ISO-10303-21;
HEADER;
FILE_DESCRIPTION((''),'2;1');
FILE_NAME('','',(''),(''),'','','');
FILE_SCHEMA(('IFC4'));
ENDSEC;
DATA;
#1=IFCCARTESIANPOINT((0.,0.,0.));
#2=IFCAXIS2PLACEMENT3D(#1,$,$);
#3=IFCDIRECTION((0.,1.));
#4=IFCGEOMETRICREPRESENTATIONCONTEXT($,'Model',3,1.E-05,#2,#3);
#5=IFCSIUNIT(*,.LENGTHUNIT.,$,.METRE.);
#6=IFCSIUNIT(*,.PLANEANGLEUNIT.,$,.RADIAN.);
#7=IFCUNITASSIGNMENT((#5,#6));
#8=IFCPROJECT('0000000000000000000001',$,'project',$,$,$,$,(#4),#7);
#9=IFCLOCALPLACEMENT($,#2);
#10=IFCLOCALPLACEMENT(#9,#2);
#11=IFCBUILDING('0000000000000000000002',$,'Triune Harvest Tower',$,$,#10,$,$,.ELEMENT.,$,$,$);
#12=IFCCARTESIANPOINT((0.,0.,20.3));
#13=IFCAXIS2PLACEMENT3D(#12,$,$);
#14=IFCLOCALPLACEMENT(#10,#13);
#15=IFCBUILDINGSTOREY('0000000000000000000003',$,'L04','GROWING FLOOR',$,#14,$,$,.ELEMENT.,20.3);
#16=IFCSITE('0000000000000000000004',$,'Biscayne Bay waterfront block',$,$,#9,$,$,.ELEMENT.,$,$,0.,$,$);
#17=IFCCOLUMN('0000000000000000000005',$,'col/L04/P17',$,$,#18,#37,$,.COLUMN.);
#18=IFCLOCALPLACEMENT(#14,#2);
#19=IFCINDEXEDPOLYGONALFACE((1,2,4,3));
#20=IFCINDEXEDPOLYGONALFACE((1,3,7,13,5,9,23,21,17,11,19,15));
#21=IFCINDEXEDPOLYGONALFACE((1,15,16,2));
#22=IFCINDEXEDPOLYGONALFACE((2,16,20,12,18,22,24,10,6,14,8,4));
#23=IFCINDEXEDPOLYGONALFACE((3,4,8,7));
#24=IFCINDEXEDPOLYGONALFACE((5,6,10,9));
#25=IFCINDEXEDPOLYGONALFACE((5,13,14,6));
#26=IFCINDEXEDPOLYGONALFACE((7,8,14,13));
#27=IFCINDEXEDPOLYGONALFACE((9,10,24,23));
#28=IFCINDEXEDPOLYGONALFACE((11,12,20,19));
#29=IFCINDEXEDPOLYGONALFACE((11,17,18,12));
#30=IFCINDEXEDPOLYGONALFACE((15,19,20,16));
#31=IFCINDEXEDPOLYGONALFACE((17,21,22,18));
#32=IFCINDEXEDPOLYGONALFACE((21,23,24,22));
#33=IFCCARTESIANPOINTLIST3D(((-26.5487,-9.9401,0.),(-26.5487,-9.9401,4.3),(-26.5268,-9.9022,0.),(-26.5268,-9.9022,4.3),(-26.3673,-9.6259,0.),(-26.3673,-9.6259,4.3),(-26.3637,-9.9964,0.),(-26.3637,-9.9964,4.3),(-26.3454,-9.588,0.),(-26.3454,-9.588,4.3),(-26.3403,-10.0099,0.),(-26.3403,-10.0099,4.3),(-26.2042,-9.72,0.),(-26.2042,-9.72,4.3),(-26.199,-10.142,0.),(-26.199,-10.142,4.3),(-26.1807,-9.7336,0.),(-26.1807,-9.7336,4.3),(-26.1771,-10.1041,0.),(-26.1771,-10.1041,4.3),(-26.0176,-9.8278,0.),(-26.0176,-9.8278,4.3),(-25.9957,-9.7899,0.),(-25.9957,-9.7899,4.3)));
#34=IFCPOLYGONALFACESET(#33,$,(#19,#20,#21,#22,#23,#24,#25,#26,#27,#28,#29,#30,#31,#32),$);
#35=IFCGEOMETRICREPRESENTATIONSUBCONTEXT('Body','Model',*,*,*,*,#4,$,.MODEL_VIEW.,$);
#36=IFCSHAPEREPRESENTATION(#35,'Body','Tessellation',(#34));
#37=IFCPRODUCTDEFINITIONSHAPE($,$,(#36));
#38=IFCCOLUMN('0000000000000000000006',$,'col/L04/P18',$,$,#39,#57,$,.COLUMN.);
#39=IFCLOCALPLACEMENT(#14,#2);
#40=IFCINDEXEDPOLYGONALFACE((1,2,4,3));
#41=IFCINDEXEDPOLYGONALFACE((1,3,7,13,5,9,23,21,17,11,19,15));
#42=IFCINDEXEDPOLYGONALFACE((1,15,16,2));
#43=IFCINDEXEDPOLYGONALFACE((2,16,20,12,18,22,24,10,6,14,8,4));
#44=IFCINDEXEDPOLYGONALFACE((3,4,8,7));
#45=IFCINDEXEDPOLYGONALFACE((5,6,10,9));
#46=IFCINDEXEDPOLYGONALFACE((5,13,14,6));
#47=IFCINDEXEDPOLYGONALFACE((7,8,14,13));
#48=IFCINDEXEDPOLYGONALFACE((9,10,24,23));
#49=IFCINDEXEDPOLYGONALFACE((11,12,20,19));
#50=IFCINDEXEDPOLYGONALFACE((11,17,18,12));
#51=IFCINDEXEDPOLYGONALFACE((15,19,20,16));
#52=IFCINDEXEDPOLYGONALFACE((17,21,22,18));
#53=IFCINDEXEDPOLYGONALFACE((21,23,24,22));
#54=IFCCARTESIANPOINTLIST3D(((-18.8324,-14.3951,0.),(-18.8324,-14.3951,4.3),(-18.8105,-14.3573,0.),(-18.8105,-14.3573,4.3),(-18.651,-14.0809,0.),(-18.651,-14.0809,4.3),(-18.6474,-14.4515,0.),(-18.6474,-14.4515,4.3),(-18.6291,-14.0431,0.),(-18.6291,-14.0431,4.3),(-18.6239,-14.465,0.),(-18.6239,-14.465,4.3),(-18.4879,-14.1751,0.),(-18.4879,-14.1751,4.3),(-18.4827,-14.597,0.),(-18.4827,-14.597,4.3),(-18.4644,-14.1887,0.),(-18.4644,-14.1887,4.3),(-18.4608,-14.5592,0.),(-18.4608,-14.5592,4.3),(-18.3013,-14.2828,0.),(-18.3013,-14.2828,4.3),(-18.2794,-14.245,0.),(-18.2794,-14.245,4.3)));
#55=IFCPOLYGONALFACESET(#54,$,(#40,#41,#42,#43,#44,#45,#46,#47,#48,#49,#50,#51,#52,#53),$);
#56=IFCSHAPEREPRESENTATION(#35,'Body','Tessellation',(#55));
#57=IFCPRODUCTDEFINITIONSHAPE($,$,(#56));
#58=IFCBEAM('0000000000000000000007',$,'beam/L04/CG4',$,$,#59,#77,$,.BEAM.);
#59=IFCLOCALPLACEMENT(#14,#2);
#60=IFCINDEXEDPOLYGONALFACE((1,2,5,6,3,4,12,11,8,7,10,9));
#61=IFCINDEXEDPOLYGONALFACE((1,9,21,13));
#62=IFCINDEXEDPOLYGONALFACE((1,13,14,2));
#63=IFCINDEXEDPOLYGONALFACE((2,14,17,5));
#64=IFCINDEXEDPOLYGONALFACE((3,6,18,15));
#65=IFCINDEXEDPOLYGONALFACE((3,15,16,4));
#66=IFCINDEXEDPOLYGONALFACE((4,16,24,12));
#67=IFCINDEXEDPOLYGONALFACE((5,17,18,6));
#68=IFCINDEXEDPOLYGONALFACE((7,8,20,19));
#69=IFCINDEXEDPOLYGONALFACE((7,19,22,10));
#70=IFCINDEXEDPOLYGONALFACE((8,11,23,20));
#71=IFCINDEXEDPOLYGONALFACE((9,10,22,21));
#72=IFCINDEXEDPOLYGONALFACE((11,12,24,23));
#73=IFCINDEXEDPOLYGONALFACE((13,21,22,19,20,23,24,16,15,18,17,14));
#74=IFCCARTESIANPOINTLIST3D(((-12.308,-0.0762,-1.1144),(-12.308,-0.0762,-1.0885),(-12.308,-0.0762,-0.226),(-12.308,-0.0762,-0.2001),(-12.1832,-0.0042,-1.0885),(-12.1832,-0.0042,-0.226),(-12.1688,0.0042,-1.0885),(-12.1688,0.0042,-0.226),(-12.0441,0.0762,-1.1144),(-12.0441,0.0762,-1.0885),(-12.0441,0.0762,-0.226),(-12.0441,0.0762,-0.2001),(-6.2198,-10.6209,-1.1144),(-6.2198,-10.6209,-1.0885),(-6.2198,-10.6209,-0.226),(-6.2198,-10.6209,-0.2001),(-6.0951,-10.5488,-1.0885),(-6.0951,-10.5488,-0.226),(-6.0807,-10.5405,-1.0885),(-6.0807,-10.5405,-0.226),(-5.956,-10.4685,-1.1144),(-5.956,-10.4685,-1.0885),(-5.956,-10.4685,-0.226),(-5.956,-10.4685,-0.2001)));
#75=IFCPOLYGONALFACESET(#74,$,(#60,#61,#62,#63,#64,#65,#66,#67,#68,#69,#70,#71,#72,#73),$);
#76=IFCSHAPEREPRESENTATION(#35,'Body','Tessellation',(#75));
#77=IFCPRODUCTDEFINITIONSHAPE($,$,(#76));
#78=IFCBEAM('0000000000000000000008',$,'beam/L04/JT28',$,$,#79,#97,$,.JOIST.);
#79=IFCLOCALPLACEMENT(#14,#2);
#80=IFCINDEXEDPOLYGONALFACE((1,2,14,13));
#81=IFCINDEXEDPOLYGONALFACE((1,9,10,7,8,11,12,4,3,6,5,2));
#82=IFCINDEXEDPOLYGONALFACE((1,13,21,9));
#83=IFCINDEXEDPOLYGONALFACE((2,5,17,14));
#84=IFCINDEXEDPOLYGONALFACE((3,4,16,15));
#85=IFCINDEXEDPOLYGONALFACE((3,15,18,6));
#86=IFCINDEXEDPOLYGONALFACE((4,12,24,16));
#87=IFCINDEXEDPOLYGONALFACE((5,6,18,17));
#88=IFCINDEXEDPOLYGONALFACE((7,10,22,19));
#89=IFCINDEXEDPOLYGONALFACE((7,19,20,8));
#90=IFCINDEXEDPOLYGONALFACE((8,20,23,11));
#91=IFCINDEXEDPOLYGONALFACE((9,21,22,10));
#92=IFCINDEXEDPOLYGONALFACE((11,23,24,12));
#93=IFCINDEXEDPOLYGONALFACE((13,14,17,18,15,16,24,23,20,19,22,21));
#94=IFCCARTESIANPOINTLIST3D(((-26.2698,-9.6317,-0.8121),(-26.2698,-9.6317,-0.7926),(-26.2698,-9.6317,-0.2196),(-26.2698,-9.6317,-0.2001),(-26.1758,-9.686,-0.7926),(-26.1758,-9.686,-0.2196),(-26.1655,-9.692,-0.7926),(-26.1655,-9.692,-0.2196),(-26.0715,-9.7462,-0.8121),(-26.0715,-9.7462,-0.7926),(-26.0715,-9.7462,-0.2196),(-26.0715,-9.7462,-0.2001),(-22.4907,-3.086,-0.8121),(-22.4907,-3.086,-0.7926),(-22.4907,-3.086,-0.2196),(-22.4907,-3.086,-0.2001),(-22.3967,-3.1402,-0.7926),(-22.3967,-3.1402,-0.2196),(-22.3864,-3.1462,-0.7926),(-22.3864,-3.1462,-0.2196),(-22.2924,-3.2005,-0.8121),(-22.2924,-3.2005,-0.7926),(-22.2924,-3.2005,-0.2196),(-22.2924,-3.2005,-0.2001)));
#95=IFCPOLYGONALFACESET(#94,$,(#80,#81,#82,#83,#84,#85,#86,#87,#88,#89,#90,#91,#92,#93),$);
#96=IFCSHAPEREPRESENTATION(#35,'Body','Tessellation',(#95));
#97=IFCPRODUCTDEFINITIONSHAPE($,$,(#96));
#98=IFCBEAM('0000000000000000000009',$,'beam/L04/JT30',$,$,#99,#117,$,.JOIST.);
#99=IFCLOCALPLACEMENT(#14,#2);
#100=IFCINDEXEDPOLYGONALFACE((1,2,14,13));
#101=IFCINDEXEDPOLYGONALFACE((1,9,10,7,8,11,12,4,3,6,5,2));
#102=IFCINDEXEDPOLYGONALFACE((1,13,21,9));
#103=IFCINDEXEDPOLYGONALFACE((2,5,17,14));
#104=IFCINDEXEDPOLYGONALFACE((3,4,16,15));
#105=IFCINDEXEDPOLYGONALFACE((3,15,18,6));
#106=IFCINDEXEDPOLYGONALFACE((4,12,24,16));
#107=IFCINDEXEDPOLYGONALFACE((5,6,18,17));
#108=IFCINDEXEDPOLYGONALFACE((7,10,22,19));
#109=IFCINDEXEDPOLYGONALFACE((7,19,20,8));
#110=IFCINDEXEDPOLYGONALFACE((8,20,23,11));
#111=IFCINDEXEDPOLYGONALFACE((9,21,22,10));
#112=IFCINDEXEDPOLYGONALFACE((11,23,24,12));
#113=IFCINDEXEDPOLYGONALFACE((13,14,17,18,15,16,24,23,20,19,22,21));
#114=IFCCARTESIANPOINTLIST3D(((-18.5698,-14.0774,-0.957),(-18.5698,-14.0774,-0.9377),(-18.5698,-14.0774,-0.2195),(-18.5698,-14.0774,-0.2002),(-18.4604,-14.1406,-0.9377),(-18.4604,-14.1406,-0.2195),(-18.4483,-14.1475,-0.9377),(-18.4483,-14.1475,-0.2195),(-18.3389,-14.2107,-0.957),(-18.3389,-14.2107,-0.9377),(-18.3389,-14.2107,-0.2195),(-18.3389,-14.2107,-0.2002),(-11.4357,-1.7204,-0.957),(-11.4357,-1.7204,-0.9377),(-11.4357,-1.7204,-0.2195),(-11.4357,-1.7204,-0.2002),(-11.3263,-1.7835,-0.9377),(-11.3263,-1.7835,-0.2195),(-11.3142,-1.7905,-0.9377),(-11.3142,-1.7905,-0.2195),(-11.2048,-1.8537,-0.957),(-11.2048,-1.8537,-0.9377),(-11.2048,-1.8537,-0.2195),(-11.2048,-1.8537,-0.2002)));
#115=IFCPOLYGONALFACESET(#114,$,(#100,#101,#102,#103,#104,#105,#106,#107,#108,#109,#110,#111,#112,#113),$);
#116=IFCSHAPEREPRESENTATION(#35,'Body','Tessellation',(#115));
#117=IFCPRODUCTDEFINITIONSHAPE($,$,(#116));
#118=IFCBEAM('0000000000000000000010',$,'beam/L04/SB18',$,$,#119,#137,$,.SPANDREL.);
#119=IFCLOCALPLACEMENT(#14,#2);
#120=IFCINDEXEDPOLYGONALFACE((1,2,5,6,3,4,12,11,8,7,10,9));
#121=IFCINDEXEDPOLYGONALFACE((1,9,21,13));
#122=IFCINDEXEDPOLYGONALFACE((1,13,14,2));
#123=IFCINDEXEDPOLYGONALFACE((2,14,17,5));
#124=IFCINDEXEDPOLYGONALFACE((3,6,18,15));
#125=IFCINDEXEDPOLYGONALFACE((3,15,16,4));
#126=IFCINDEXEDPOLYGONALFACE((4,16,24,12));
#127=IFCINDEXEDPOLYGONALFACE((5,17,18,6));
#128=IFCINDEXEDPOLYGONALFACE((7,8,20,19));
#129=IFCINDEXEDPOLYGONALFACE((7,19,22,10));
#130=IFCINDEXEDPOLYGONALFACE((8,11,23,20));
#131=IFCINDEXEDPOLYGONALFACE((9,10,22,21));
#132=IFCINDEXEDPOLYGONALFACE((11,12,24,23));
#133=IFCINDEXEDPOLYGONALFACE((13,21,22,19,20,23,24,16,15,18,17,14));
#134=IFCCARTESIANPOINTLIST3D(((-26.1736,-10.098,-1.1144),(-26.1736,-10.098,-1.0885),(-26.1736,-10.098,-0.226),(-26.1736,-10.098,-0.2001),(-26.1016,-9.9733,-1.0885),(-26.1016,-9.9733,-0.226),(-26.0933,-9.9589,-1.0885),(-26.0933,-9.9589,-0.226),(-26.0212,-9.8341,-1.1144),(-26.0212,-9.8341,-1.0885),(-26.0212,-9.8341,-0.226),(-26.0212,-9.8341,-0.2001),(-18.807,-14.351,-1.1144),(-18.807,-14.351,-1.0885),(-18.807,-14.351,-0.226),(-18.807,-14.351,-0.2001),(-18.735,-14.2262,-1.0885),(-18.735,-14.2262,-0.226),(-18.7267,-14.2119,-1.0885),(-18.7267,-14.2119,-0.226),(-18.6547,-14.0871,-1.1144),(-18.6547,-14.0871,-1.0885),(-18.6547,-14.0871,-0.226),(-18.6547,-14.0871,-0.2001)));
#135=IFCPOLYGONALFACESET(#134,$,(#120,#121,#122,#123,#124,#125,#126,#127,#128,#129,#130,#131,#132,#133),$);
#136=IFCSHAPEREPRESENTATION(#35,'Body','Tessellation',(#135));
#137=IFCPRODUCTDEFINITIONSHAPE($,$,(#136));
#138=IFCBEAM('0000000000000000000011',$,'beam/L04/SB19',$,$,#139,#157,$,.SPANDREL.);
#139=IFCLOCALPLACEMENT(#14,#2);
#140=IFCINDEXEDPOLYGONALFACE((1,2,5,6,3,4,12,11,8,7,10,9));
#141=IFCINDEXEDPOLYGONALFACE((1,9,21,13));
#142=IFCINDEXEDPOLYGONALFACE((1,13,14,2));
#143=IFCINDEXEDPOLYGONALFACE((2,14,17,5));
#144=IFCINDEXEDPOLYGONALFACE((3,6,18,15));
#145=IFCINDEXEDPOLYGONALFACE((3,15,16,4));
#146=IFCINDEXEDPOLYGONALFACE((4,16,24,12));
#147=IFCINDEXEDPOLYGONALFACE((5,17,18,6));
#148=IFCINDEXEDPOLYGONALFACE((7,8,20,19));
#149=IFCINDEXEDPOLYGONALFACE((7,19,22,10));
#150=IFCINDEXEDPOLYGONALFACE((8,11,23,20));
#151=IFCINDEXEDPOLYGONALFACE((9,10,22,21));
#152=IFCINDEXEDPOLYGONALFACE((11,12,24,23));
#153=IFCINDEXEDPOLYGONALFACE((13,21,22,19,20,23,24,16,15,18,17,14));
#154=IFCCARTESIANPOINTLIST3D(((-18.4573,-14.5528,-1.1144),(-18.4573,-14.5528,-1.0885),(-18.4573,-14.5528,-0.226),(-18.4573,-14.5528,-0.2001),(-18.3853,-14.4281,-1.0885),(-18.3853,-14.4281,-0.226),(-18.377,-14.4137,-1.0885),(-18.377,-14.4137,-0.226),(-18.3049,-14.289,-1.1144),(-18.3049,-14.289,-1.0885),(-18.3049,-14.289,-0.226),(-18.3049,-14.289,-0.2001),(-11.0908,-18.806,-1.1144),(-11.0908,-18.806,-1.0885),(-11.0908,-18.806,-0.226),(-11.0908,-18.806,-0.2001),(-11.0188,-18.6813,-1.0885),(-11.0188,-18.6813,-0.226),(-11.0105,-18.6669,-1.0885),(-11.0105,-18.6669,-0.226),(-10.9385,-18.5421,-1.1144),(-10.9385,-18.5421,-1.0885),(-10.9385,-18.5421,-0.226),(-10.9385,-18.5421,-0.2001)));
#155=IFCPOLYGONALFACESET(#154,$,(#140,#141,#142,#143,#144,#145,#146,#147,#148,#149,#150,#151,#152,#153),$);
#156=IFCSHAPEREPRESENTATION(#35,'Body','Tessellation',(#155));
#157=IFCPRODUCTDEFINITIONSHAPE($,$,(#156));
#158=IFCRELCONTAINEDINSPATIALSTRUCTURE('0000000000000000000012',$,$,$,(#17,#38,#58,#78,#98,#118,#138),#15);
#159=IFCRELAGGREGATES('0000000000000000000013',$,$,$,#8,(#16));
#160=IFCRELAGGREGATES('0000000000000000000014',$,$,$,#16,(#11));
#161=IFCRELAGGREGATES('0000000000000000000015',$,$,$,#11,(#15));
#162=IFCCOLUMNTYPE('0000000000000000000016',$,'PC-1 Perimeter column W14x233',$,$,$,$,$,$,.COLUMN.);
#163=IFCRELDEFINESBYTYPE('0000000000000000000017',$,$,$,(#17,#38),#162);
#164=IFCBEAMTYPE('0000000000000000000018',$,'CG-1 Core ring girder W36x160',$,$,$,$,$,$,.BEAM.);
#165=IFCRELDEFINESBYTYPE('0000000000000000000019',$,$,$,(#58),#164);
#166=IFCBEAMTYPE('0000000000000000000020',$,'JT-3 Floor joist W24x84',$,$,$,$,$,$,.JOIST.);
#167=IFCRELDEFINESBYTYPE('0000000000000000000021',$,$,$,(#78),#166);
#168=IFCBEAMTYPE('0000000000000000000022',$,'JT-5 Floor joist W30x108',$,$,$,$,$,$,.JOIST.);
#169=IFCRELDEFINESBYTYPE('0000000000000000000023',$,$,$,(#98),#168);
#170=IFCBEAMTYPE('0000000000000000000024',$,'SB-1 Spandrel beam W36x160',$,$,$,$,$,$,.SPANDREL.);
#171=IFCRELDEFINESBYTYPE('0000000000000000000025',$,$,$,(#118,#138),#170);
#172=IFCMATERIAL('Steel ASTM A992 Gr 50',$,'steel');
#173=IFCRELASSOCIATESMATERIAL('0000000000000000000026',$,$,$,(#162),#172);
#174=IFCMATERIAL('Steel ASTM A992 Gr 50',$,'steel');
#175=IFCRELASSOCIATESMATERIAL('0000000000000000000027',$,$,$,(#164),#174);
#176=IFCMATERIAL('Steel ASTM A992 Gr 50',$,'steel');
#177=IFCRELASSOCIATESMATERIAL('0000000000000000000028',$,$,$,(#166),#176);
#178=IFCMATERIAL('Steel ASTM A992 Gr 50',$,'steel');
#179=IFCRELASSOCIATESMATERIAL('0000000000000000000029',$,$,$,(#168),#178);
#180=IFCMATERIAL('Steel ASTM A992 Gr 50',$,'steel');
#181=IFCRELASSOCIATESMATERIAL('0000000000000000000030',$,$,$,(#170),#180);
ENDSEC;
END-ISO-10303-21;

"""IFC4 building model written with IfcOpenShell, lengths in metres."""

from ifc_helpers import new_model, si_unit, direction, frame, origin, origin_2d, place, context, subcontext, project, spatial, i_section, extrude, source, transform, mapped, material, material_profile, profile_set, type_object, element, save


model = new_model("IFC4")

# Units and contexts
model_context = context("Model", 3, precision=1e-05, world=origin(), true_north=direction((0.0, 1.0)))
body_context = subcontext(model_context, "Body", "Model", "MODEL_VIEW")
ifc_project = project(units=[si_unit("LENGTHUNIT", "METRE"), si_unit("PLANEANGLEUNIT", "RADIAN")], contexts=[model_context])

# Site, building, storey
site_placement = place(None, origin())
site = spatial("IfcSite", under=ifc_project, at=site_placement, Name="Biscayne Bay waterfront block", CompositionType="ELEMENT", RefElevation=0.0)
building_placement = place(site_placement, origin())
building = spatial("IfcBuilding", under=site, at=building_placement, Name="Triune Harvest Tower", CompositionType="ELEMENT")
storey_placement = place(building_placement, frame((0.0, 0.0, 20.3)))
storey = spatial("IfcBuildingStorey", under=building, at=storey_placement, Name="L04", Description="GROWING FLOOR", CompositionType="ELEMENT", Elevation=20.3)

# Columns
ifc_material_1 = material(Name="Steel ASTM A992 Gr 50", Category="steel")
ifc_material_profile_1 = material_profile(ifc_material_1, i_section(OverallWidth=0.4038, OverallDepth=0.4065, WebThickness=0.0271, FlangeThickness=0.0437, at=origin_2d()), Name="W14x233")
ifc_profile_set_1 = profile_set([ifc_material_profile_1], Name="Steel ASTM A992 Gr 50")
column_type = type_object("IfcColumnType", Name="PC-1 Perimeter column W14x233", PredefinedType="COLUMN", material=ifc_profile_set_1)
shared_shape_1 = source(origin(), body_context, "Body", "SweptSolid", [
    extrude(i_section(OverallWidth=0.4038, OverallDepth=0.4065, WebThickness=0.0271, FlangeThickness=0.0437, at=origin_2d()), origin(), (0.0, 0.0, 1.0), 4.3),
])
for number, where, z_axis, x_axis, name in (
    (1, (-26.2722, -9.865, 0.0), (0.0, 0.0, 1.0), (0.866025, -0.5, 0.0), "col/L04/P17"),
    (2, (-18.5559, -14.3201, 0.0), (0.0, 0.0, 1.0), (0.866025, -0.5, 0.0), "col/L04/P18"),
):
    element("IfcColumn", number, at=place(storey_placement, frame(where, z_axis=z_axis, x_axis=x_axis)), inside=storey, type_object=column_type, Name=name, PredefinedType="COLUMN", context=body_context, shape_type="MappedRepresentation", body=[
        mapped(shared_shape_1, transform((0.0, 0.0, 0.0), scale=1.0)),
    ])

# Beams
ifc_material_2 = material(Name="Steel ASTM A992 Gr 50", Category="steel")
ifc_material_profile_2 = material_profile(ifc_material_2, i_section(OverallWidth=0.3047, OverallDepth=0.9143, WebThickness=0.0166, FlangeThickness=0.0259, at=origin_2d()), Name="W36x160")
ifc_profile_set_2 = profile_set([ifc_material_profile_2], Name="Steel ASTM A992 Gr 50")
beam_type_1 = type_object("IfcBeamType", Name="CG-1 Core ring girder W36x160", PredefinedType="BEAM", material=ifc_profile_set_2)
shared_shape_2 = source(origin(), body_context, "Body", "SweptSolid", [
    extrude(i_section(OverallWidth=0.3047, OverallDepth=0.9143, WebThickness=0.0166, FlangeThickness=0.0259, at=origin_2d()), origin(), (0.0, 0.0, 1.0), 12.176),
])
beam_1_placement = place(storey_placement, frame((-12.176, 0.0, -0.6572), z_axis=(0.50001, -0.86602, 0.0), x_axis=(0.86602, 0.50001, 0.0)))
element("IfcBeam", 3, at=beam_1_placement, inside=storey, type_object=beam_type_1, Name="beam/L04/CG4", PredefinedType="BEAM", context=body_context, shape_type="MappedRepresentation", body=[
    mapped(shared_shape_2, transform((0.0, 0.0, 0.0), scale=1.0)),
])
ifc_material_3 = material(Name="Steel ASTM A992 Gr 50", Category="steel")
ifc_material_profile_3 = material_profile(ifc_material_3, i_section(OverallWidth=0.229, OverallDepth=0.6121, WebThickness=0.012, FlangeThickness=0.0195, at=origin_2d()), Name="W24x84")
ifc_profile_set_3 = profile_set([ifc_material_profile_3], Name="Steel ASTM A992 Gr 50")
beam_type_2 = type_object("IfcBeamType", Name="JT-3 Floor joist W24x84", PredefinedType="JOIST", material=ifc_profile_set_3)
shared_shape_3 = source(origin(), body_context, "Body", "SweptSolid", [
    extrude(i_section(OverallWidth=0.229, OverallDepth=0.6121, WebThickness=0.012, FlangeThickness=0.0195, at=origin_2d()), origin(), (0.0, 0.0, 1.0), 7.5583),
])
beam_2_placement = place(storey_placement, frame((-26.1707, -9.689, -0.5061), z_axis=(0.499992, 0.86603, 0.0), x_axis=(-0.86603, 0.499992, 0.0)))
element("IfcBeam", 4, at=beam_2_placement, inside=storey, type_object=beam_type_2, Name="beam/L04/JT28", PredefinedType="JOIST", context=body_context, shape_type="MappedRepresentation", body=[
    mapped(shared_shape_3, transform((0.0, 0.0, 0.0), scale=1.0)),
])
ifc_material_4 = material(Name="Steel ASTM A992 Gr 50", Category="steel")
ifc_material_profile_4 = material_profile(ifc_material_4, i_section(OverallWidth=0.2666, OverallDepth=0.7568, WebThickness=0.0139, FlangeThickness=0.0193, at=origin_2d()), Name="W30x108")
ifc_profile_set_4 = profile_set([ifc_material_profile_4], Name="Steel ASTM A992 Gr 50")
beam_type_3 = type_object("IfcBeamType", Name="JT-5 Floor joist W30x108", PredefinedType="JOIST", material=ifc_profile_set_4)
shared_shape_4 = source(origin(), body_context, "Body", "SweptSolid", [
    extrude(i_section(OverallWidth=0.2666, OverallDepth=0.7568, WebThickness=0.0139, FlangeThickness=0.0193, at=origin_2d()), origin(), (0.0, 0.0, 1.0), 14.2686),
])
beam_3_placement = place(storey_placement, frame((-18.4543, -14.144, -0.5786), z_axis=(0.499987, 0.866033, 0.0), x_axis=(-0.866033, 0.499987, 0.0)))
element("IfcBeam", 5, at=beam_3_placement, inside=storey, type_object=beam_type_3, Name="beam/L04/JT30", PredefinedType="JOIST", context=body_context, shape_type="MappedRepresentation", body=[
    mapped(shared_shape_4, transform((0.0, 0.0, 0.0), scale=1.0)),
])
ifc_material_5 = material(Name="Steel ASTM A992 Gr 50", Category="steel")
ifc_material_profile_5 = material_profile(ifc_material_5, i_section(OverallWidth=0.3047, OverallDepth=0.9143, WebThickness=0.0166, FlangeThickness=0.0259, at=origin_2d()), Name="W36x160")
ifc_profile_set_5 = profile_set([ifc_material_profile_5], Name="Steel ASTM A992 Gr 50")
beam_type_4 = type_object("IfcBeamType", Name="SB-1 Spandrel beam W36x160", PredefinedType="SPANDREL", material=ifc_profile_set_5)
shared_shape_5 = source(origin(), body_context, "Body", "SweptSolid", [
    extrude(i_section(OverallWidth=0.3047, OverallDepth=0.9143, WebThickness=0.0166, FlangeThickness=0.0259, at=origin_2d()), origin(), (0.0, 0.0, 1.0), 8.5061),
])
for number, where, z_axis, x_axis, name in (
    (6, (-26.0974, -9.9661, -0.6572), (0.86603, -0.499992, 0.0), (0.499992, 0.86603, 0.0), "beam/L04/SB18"),
    (7, (-18.3811, -14.4209, -0.6572), (0.866018, -0.500013, 0.0), (0.500013, 0.866018, 0.0), "beam/L04/SB19"),
):
    element("IfcBeam", number, at=place(storey_placement, frame(where, z_axis=z_axis, x_axis=x_axis)), inside=storey, type_object=beam_type_4, Name=name, PredefinedType="SPANDREL", context=body_context, shape_type="MappedRepresentation", body=[
        mapped(shared_shape_5, transform((0.0, 0.0, 0.0), scale=1.0)),
    ])

save(model, "model.ifc")
